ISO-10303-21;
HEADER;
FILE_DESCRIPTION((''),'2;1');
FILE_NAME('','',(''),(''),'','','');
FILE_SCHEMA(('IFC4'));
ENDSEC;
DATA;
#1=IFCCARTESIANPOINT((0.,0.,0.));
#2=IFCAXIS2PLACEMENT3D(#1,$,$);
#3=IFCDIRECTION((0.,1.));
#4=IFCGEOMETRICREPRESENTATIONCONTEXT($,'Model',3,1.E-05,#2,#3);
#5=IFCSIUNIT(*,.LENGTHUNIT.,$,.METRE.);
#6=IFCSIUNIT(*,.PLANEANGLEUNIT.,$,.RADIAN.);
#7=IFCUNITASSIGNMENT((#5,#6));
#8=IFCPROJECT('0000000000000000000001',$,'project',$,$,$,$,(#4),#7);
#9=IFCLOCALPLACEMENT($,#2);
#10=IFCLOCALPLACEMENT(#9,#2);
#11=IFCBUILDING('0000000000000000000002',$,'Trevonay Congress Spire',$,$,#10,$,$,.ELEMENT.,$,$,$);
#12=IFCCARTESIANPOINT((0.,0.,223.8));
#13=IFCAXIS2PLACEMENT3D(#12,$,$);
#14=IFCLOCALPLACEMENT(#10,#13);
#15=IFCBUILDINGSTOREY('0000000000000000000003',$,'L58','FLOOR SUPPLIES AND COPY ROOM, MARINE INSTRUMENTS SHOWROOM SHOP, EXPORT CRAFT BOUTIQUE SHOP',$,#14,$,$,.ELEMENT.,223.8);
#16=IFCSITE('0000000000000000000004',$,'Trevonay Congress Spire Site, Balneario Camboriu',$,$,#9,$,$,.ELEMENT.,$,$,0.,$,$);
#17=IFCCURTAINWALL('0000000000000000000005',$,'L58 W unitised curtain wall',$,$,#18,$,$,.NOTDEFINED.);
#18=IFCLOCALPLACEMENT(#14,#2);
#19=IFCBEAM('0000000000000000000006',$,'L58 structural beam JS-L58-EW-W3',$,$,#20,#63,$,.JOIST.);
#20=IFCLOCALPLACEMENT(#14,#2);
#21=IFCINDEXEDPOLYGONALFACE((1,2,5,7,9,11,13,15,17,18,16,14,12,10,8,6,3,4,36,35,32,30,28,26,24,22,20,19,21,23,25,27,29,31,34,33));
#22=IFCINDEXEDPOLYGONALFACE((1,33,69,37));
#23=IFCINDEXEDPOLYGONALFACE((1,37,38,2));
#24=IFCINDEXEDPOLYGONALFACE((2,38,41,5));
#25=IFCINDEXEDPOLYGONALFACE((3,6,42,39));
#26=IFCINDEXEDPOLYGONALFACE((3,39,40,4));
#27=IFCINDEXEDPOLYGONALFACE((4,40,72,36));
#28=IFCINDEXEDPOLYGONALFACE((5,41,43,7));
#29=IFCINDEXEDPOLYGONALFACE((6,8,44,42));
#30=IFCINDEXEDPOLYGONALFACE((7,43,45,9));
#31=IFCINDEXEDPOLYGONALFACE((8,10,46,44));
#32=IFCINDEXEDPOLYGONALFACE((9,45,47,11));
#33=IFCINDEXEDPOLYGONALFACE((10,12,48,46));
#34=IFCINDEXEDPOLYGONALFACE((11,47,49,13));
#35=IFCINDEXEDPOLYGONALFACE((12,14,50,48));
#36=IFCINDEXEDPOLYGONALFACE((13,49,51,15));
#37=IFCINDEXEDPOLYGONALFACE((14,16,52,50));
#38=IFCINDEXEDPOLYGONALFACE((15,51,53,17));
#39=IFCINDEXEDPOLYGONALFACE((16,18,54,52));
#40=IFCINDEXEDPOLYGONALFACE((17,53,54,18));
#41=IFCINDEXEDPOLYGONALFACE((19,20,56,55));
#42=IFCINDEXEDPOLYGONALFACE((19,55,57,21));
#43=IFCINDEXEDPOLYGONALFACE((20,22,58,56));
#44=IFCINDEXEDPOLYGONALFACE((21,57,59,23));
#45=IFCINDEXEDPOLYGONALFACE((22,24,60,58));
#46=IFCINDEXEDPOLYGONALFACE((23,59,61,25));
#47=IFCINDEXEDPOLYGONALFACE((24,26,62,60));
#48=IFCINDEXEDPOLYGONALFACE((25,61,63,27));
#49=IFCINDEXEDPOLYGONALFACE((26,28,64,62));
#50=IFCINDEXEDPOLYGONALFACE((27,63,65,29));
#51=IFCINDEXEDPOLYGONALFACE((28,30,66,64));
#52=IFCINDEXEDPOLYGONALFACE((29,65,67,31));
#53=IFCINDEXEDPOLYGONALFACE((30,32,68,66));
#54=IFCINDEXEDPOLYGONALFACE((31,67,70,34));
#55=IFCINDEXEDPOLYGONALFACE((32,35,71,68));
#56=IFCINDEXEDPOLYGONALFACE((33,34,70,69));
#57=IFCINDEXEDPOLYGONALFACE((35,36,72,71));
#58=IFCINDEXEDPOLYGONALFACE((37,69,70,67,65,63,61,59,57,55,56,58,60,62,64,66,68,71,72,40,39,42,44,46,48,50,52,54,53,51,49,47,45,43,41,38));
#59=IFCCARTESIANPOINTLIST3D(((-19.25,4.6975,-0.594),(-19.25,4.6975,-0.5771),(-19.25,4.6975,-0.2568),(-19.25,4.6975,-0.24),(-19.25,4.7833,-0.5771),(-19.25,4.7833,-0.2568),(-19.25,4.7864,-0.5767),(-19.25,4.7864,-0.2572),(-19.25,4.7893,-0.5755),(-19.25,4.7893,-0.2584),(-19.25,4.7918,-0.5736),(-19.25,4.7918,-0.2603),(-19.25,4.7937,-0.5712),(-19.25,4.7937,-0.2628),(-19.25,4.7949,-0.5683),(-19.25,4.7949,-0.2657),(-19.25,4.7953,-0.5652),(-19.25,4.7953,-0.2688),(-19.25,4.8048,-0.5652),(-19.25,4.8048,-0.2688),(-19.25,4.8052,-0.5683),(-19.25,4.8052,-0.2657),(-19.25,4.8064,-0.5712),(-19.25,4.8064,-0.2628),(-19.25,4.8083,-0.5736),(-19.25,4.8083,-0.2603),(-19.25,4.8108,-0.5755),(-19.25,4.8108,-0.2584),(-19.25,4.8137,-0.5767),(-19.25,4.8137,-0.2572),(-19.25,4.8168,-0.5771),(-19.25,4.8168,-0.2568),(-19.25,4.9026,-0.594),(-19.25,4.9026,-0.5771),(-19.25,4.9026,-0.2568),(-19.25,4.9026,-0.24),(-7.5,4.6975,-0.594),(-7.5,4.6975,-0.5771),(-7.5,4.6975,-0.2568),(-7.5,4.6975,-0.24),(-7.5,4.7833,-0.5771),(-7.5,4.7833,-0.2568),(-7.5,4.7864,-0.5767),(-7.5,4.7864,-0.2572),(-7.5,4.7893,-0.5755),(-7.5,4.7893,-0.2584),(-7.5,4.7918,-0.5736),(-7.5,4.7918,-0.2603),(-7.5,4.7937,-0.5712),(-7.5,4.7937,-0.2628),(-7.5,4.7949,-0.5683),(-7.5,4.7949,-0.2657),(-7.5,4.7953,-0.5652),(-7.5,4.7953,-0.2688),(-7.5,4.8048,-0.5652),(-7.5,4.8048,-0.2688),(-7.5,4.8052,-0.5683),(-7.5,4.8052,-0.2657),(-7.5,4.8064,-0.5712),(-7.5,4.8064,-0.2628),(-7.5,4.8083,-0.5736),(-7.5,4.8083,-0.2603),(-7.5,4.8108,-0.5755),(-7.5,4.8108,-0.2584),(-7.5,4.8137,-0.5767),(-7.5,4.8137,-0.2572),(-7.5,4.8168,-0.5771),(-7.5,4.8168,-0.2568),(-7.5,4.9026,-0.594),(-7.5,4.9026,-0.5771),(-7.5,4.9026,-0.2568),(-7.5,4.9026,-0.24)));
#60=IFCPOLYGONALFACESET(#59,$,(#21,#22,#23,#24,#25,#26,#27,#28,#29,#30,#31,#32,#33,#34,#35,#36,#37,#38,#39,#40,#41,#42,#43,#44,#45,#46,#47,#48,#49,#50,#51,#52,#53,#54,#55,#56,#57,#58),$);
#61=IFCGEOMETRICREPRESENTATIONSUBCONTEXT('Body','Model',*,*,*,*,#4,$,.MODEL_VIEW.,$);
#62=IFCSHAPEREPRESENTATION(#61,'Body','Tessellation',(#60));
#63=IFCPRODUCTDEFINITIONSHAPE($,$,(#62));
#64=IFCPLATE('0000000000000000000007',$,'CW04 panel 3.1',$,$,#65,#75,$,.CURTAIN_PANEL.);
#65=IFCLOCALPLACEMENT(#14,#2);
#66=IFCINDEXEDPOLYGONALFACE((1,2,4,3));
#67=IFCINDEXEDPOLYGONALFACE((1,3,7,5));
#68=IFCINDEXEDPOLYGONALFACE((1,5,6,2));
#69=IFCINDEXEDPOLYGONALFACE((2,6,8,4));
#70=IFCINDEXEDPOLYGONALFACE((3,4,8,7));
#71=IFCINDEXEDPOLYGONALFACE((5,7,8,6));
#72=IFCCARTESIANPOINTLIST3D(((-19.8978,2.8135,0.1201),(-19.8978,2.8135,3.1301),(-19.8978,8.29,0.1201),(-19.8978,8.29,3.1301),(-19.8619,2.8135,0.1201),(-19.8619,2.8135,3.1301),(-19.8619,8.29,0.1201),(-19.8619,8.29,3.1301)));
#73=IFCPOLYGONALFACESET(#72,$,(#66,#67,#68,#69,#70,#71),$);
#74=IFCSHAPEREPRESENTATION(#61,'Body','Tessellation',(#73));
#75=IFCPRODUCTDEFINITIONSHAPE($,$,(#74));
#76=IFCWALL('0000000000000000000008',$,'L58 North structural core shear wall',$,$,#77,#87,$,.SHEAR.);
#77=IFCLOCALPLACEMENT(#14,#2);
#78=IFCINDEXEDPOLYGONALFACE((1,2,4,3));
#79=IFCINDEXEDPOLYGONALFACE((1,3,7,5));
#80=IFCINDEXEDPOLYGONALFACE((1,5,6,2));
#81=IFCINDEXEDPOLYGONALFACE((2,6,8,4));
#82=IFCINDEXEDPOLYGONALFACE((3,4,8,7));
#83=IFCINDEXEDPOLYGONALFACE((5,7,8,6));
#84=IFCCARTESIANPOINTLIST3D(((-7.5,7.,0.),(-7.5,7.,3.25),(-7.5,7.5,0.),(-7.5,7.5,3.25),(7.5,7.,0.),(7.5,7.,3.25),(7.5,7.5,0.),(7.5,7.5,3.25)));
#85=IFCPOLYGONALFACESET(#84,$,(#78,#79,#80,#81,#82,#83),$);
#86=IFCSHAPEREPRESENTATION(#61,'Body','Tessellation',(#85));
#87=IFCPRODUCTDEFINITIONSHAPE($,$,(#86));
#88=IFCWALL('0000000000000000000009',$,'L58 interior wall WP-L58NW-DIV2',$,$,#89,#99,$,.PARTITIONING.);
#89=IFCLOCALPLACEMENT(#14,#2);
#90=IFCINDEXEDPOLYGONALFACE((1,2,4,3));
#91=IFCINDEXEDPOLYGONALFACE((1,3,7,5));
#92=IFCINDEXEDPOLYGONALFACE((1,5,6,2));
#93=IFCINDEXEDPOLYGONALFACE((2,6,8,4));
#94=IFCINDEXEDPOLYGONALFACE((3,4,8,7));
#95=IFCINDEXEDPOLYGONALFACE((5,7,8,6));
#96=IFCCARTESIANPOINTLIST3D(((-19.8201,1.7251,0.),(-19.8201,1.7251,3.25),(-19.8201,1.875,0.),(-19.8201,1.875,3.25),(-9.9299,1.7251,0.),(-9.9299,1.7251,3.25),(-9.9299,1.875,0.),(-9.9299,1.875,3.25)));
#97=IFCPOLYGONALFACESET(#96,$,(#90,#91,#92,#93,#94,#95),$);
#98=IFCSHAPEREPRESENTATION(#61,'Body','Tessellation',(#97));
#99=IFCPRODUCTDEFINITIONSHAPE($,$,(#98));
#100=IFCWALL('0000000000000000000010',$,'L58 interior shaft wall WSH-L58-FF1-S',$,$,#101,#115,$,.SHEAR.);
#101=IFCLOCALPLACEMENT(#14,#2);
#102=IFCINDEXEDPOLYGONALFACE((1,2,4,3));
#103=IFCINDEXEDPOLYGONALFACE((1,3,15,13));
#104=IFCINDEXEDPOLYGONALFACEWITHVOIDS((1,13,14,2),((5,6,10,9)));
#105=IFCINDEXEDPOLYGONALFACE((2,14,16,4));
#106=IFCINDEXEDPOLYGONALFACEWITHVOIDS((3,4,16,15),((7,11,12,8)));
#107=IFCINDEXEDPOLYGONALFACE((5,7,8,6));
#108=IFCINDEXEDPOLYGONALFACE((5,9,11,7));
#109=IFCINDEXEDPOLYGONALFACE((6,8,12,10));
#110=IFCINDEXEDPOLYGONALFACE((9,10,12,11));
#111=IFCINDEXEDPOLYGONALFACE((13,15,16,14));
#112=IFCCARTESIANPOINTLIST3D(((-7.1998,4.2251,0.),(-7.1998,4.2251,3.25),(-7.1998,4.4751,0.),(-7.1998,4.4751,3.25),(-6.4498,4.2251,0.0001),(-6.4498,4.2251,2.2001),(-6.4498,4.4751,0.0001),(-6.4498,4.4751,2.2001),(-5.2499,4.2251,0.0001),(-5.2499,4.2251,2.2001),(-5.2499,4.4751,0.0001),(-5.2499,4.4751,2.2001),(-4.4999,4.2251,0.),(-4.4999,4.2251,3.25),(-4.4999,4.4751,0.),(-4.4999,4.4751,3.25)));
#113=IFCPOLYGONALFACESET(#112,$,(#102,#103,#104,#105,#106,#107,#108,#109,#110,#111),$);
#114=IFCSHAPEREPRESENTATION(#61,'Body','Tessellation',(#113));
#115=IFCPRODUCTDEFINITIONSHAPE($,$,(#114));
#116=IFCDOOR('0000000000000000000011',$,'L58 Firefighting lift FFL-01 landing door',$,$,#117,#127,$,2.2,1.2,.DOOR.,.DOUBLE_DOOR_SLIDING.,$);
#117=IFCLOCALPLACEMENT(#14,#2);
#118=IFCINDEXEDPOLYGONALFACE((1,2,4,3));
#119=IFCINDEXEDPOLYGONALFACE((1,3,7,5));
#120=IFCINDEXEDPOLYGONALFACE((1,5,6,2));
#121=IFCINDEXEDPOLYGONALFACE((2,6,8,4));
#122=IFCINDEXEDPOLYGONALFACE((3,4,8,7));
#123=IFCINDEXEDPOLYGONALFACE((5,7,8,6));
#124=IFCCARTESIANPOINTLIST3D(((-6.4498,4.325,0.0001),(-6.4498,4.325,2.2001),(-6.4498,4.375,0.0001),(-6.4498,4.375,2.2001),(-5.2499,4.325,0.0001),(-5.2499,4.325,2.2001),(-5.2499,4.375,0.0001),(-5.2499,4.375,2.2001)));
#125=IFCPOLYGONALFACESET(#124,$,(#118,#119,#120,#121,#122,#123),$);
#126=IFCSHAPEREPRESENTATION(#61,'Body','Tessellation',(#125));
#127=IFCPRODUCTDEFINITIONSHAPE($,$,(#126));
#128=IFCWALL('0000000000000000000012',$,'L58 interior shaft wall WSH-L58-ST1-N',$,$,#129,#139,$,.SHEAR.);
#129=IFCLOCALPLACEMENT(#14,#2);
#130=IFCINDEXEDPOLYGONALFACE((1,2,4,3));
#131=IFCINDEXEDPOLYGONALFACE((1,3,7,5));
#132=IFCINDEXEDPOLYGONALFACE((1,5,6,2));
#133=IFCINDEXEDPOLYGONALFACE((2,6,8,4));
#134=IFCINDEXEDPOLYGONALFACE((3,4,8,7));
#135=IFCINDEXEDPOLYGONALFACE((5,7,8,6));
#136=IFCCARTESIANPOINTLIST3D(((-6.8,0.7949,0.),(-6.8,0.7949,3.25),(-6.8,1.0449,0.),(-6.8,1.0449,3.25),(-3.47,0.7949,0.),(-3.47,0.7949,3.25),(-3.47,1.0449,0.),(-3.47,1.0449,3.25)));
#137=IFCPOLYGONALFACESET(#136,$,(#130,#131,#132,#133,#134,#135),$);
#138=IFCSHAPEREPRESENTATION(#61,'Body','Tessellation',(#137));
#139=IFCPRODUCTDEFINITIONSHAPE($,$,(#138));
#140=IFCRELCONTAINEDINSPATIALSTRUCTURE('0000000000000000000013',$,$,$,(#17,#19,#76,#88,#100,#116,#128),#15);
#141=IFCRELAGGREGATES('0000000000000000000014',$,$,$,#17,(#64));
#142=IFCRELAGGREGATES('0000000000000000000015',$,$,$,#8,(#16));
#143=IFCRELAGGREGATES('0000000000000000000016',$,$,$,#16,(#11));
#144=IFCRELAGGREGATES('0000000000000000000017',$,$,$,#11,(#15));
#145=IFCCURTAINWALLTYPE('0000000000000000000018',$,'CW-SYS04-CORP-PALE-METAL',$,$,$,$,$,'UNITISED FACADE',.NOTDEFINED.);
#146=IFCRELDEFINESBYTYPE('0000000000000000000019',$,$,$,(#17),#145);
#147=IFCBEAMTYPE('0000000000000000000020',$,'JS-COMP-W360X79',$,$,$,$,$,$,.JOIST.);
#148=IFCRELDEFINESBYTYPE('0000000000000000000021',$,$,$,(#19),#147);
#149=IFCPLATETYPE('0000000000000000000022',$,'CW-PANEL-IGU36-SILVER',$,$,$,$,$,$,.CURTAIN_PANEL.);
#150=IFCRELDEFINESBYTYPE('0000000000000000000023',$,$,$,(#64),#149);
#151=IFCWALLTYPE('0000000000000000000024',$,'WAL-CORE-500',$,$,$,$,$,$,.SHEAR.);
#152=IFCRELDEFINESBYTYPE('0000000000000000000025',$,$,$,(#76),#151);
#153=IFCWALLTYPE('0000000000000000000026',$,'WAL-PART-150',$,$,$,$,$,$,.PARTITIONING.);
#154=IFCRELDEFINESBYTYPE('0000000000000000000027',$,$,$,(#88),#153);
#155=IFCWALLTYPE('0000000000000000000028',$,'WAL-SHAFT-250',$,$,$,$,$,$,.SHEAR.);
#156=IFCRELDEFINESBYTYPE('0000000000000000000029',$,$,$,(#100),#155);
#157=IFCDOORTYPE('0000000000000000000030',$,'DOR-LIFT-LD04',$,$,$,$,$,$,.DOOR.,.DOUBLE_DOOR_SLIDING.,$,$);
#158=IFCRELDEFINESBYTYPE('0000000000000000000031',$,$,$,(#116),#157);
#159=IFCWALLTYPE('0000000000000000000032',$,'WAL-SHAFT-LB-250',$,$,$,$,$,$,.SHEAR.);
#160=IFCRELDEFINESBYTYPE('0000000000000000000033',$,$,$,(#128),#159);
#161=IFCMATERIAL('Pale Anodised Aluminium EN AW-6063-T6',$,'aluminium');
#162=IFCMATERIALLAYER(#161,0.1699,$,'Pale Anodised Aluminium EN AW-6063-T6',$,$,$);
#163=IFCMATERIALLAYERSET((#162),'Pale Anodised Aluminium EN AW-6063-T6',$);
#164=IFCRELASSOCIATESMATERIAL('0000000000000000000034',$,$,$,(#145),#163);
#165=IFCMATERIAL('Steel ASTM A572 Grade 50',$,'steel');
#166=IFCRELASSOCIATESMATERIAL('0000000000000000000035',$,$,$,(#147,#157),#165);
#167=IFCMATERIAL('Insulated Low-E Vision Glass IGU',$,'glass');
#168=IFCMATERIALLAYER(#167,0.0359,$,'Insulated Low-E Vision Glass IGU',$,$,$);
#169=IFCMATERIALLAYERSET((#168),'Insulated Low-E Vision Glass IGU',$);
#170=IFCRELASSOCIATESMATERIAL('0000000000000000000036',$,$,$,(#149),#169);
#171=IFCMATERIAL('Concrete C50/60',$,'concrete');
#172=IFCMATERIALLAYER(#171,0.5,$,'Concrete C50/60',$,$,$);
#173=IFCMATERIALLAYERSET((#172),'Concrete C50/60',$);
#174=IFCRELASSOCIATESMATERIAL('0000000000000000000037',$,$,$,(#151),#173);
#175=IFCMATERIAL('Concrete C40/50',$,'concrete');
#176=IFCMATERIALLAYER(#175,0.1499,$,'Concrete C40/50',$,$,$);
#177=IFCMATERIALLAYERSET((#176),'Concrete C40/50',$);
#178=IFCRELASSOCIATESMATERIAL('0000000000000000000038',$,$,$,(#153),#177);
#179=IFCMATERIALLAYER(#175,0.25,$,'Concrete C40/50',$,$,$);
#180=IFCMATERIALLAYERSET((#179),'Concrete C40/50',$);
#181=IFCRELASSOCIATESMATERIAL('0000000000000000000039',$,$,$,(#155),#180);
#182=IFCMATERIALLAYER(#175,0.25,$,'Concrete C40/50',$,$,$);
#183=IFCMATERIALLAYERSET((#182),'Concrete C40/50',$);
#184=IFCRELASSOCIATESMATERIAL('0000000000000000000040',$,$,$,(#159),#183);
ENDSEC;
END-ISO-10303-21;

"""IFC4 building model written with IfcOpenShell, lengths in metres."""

from ifc_helpers import new_model, si_unit, direction, frame, frame_2d, origin, origin_2d, place, context, subcontext, project, spatial, rectangle, i_section, extrude, material, layer, layer_set, material_profile, profile_set, type_object, element, fill, aggregate, save


model = new_model("IFC4")

# Units and contexts
model_context = context("Model", 3, precision=1e-05, world=origin(), true_north=direction((0.0, 1.0)))
body_context = subcontext(model_context, "Body", "Model", "MODEL_VIEW")
ifc_project = project(units=[si_unit("LENGTHUNIT", "METRE"), si_unit("PLANEANGLEUNIT", "RADIAN")], contexts=[model_context])

# Site, building, storey
site_placement = place(None, origin())
site = spatial("IfcSite", under=ifc_project, at=site_placement, Name="Trevonay Congress Spire Site, Balneario Camboriu", CompositionType="ELEMENT", RefElevation=0.0)
building_placement = place(site_placement, origin())
building = spatial("IfcBuilding", under=site, at=building_placement, Name="Trevonay Congress Spire", CompositionType="ELEMENT")
storey_placement = place(building_placement, frame((0.0, 0.0, 223.8)))
storey = spatial("IfcBuildingStorey", under=building, at=storey_placement, Name="L58", Description="FLOOR SUPPLIES AND COPY ROOM, MARINE INSTRUMENTS SHOWROOM SHOP, EXPORT CRAFT BOUTIQUE SHOP", CompositionType="ELEMENT", Elevation=223.8)

# Shared definitions
ifc_material_1 = material(Name="Steel ASTM A572 Grade 50", Category="steel")

# Curtain wall
ifc_material_2 = material(Name="Pale Anodised Aluminium EN AW-6063-T6", Category="aluminium")
ifc_layer_1 = layer(ifc_material_2, 0.1699, Name="Pale Anodised Aluminium EN AW-6063-T6")
ifc_layer_set_1 = layer_set([ifc_layer_1], Name="Pale Anodised Aluminium EN AW-6063-T6")
curtain_wall_type = type_object("IfcCurtainWallType", Name="CW-SYS04-CORP-PALE-METAL", ElementType="UNITISED FACADE", PredefinedType="NOTDEFINED", material=ifc_layer_set_1)
curtain_wall_placement = place(storey_placement, origin())
curtain_wall = element("IfcCurtainWall", 1, at=curtain_wall_placement, inside=storey, type_object=curtain_wall_type, Name="L58 W unitised curtain wall", PredefinedType="NOTDEFINED")

# Beam
ifc_material_profile_1 = material_profile(ifc_material_1, i_section(OverallWidth=0.2051, OverallDepth=0.354, WebThickness=0.0095, FlangeThickness=0.0168, FilletRadius=0.012, at=origin_2d()), Name="W360x79")
ifc_profile_set_1 = profile_set([ifc_material_profile_1], Name="Steel ASTM A572 Grade 50")
beam_type_1 = type_object("IfcBeamType", Name="JS-COMP-W360X79", PredefinedType="JOIST", material=ifc_profile_set_1)
for number, where, z_axis, x_axis, name in (
    (2, (-19.25, 4.8, -0.417), (1.0, 0.0, 0.0), (0.0, 1.0, 0.0), "L58 structural beam JS-L58-EW-W3"),
):
    element("IfcBeam", number, at=place(storey_placement, frame(where, z_axis=z_axis, x_axis=x_axis)), inside=storey, type_object=beam_type_1, Name=name, PredefinedType="JOIST", context=body_context, shape_type="SweptSolid", body=[
        extrude(i_section(OverallWidth=0.2051, OverallDepth=0.354, WebThickness=0.0095, FlangeThickness=0.0168, FilletRadius=0.012, at=origin_2d()), origin(), (0.0, 0.0, 1.0), 11.75),
    ])

# Plate
ifc_material_3 = material(Name="Insulated Low-E Vision Glass IGU", Category="glass")
ifc_layer_2 = layer(ifc_material_3, 0.0359, Name="Insulated Low-E Vision Glass IGU")
ifc_layer_set_2 = layer_set([ifc_layer_2], Name="Insulated Low-E Vision Glass IGU")
plate_type = type_object("IfcPlateType", Name="CW-PANEL-IGU36-SILVER", PredefinedType="CURTAIN_PANEL", material=ifc_layer_set_2)
plate_placement = place(storey_placement, frame((-19.8799, 5.5518, 0.1201), z_axis=(0.0, 0.0, 1.0), x_axis=(0.0, 1.0, 0.0)))
plate = element("IfcPlate", 3, at=plate_placement, type_object=plate_type, Name="CW04 panel 3.1", PredefinedType="CURTAIN_PANEL", context=body_context, shape_type="SweptSolid", body=[
    extrude(rectangle(XDim=5.4766, YDim=0.0359, at=origin_2d()), origin(), (0.0, 0.0, 1.0), 3.01),
])
aggregate(curtain_wall, [plate])

# Walls
ifc_material_4 = material(Name="Concrete C50/60", Category="concrete")
ifc_layer_3 = layer(ifc_material_4, 0.5, Name="Concrete C50/60")
ifc_layer_set_3 = layer_set([ifc_layer_3], Name="Concrete C50/60")
wall_type_1 = type_object("IfcWallType", Name="WAL-CORE-500", PredefinedType="SHEAR", material=ifc_layer_set_3)
wall_1_placement = place(storey_placement, frame((-7.5, 7.25, 0.0), z_axis=(0.0, 0.0, 1.0), x_axis=(1.0, 0.0, 0.0)))
element("IfcWall", 4, at=wall_1_placement, inside=storey, type_object=wall_type_1, Name="L58 North structural core shear wall", PredefinedType="SHEAR", context=body_context, shape_type="SweptSolid", body=[
    extrude(rectangle(XDim=15.0, YDim=0.5, at=frame_2d((7.5, 0.0))), origin(), (0.0, 0.0, 1.0), 3.25),
])
ifc_material_5 = material(Name="Concrete C40/50", Category="concrete")
ifc_layer_4 = layer(ifc_material_5, 0.1499, Name="Concrete C40/50")
ifc_layer_set_4 = layer_set([ifc_layer_4], Name="Concrete C40/50")
wall_type_2 = type_object("IfcWallType", Name="WAL-PART-150", PredefinedType="PARTITIONING", material=ifc_layer_set_4)
wall_2_placement = place(storey_placement, frame((-19.8201, 1.8, 0.0), z_axis=(0.0, 0.0, 1.0), x_axis=(1.0, 0.0, 0.0)))
element("IfcWall", 5, at=wall_2_placement, inside=storey, type_object=wall_type_2, Name="L58 interior wall WP-L58NW-DIV2", PredefinedType="PARTITIONING", context=body_context, shape_type="SweptSolid", body=[
    extrude(rectangle(XDim=9.8901, YDim=0.1499, at=frame_2d((4.9451, 0.0))), origin(), (0.0, 0.0, 1.0), 3.25),
])

# Wall, opening, door
ifc_layer_5 = layer(ifc_material_5, 0.25, Name="Concrete C40/50")
ifc_layer_set_5 = layer_set([ifc_layer_5], Name="Concrete C40/50")
wall_type_3 = type_object("IfcWallType", Name="WAL-SHAFT-250", PredefinedType="SHEAR", material=ifc_layer_set_5)
wall_3_placement = place(storey_placement, frame((-7.2, 4.3501, 0.0), z_axis=(0.0, 0.0, 1.0), x_axis=(1.0, 0.0, 0.0)))
wall_3 = element("IfcWall", 6, at=wall_3_placement, inside=storey, type_object=wall_type_3, Name="L58 interior shaft wall WSH-L58-FF1-S", PredefinedType="SHEAR", context=body_context, shape_type="SweptSolid", body=[
    extrude(rectangle(XDim=2.7, YDim=0.25, at=frame_2d((1.3501, 0.0))), origin(), (0.0, 0.0, 1.0), 3.25),
])
opening_placement = place(wall_3_placement, frame((0.75, 0.0, 0.0)))
opening = element("IfcOpeningElement", 7, at=opening_placement, cuts=wall_3, PredefinedType="OPENING", context=body_context, shape_type="SweptSolid", body=[
    extrude(rectangle(XDim=1.2, YDim=2.2, at=frame_2d((0.6001, 1.1001))), frame((0.0, 0.135, 0.0), z_axis=(0.0, -1.0, 0.0), x_axis=(1.0, 0.0, 0.0)), (0.0, 0.0, 1.0), 0.27),
])
door_type = type_object("IfcDoorType", Name="DOR-LIFT-LD04", OperationType="DOUBLE_DOOR_SLIDING", PredefinedType="DOOR", material=ifc_material_1)
door_placement = place(opening_placement, origin())
door = element("IfcDoor", 8, at=door_placement, inside=storey, type_object=door_type, Name="L58 Firefighting lift FFL-01 landing door", OperationType="DOUBLE_DOOR_SLIDING", OverallHeight=2.2, OverallWidth=1.2, PredefinedType="DOOR", context=body_context, shape_type="SweptSolid", body=[
    extrude(rectangle(XDim=1.2, YDim=2.2, at=frame_2d((0.6001, 1.1001))), frame((0.0, 0.0249, 0.0), z_axis=(0.0, -1.0, 0.0), x_axis=(1.0, 0.0, 0.0)), (0.0, 0.0, 1.0), 0.05),
])
fill(opening, door)

# Wall
ifc_layer_6 = layer(ifc_material_5, 0.25, Name="Concrete C40/50")
ifc_layer_set_6 = layer_set([ifc_layer_6], Name="Concrete C40/50")
wall_type_4 = type_object("IfcWallType", Name="WAL-SHAFT-LB-250", PredefinedType="SHEAR", material=ifc_layer_set_6)
wall_4_placement = place(storey_placement, frame((-6.8, 0.9199, 0.0), z_axis=(0.0, 0.0, 1.0), x_axis=(1.0, 0.0, 0.0)))
element("IfcWall", 9, at=wall_4_placement, inside=storey, type_object=wall_type_4, Name="L58 interior shaft wall WSH-L58-ST1-N", PredefinedType="SHEAR", context=body_context, shape_type="SweptSolid", body=[
    extrude(rectangle(XDim=3.3301, YDim=0.25, at=frame_2d((1.665, 0.0))), origin(), (0.0, 0.0, 1.0), 3.25),
])

save(model, "model.ifc")
